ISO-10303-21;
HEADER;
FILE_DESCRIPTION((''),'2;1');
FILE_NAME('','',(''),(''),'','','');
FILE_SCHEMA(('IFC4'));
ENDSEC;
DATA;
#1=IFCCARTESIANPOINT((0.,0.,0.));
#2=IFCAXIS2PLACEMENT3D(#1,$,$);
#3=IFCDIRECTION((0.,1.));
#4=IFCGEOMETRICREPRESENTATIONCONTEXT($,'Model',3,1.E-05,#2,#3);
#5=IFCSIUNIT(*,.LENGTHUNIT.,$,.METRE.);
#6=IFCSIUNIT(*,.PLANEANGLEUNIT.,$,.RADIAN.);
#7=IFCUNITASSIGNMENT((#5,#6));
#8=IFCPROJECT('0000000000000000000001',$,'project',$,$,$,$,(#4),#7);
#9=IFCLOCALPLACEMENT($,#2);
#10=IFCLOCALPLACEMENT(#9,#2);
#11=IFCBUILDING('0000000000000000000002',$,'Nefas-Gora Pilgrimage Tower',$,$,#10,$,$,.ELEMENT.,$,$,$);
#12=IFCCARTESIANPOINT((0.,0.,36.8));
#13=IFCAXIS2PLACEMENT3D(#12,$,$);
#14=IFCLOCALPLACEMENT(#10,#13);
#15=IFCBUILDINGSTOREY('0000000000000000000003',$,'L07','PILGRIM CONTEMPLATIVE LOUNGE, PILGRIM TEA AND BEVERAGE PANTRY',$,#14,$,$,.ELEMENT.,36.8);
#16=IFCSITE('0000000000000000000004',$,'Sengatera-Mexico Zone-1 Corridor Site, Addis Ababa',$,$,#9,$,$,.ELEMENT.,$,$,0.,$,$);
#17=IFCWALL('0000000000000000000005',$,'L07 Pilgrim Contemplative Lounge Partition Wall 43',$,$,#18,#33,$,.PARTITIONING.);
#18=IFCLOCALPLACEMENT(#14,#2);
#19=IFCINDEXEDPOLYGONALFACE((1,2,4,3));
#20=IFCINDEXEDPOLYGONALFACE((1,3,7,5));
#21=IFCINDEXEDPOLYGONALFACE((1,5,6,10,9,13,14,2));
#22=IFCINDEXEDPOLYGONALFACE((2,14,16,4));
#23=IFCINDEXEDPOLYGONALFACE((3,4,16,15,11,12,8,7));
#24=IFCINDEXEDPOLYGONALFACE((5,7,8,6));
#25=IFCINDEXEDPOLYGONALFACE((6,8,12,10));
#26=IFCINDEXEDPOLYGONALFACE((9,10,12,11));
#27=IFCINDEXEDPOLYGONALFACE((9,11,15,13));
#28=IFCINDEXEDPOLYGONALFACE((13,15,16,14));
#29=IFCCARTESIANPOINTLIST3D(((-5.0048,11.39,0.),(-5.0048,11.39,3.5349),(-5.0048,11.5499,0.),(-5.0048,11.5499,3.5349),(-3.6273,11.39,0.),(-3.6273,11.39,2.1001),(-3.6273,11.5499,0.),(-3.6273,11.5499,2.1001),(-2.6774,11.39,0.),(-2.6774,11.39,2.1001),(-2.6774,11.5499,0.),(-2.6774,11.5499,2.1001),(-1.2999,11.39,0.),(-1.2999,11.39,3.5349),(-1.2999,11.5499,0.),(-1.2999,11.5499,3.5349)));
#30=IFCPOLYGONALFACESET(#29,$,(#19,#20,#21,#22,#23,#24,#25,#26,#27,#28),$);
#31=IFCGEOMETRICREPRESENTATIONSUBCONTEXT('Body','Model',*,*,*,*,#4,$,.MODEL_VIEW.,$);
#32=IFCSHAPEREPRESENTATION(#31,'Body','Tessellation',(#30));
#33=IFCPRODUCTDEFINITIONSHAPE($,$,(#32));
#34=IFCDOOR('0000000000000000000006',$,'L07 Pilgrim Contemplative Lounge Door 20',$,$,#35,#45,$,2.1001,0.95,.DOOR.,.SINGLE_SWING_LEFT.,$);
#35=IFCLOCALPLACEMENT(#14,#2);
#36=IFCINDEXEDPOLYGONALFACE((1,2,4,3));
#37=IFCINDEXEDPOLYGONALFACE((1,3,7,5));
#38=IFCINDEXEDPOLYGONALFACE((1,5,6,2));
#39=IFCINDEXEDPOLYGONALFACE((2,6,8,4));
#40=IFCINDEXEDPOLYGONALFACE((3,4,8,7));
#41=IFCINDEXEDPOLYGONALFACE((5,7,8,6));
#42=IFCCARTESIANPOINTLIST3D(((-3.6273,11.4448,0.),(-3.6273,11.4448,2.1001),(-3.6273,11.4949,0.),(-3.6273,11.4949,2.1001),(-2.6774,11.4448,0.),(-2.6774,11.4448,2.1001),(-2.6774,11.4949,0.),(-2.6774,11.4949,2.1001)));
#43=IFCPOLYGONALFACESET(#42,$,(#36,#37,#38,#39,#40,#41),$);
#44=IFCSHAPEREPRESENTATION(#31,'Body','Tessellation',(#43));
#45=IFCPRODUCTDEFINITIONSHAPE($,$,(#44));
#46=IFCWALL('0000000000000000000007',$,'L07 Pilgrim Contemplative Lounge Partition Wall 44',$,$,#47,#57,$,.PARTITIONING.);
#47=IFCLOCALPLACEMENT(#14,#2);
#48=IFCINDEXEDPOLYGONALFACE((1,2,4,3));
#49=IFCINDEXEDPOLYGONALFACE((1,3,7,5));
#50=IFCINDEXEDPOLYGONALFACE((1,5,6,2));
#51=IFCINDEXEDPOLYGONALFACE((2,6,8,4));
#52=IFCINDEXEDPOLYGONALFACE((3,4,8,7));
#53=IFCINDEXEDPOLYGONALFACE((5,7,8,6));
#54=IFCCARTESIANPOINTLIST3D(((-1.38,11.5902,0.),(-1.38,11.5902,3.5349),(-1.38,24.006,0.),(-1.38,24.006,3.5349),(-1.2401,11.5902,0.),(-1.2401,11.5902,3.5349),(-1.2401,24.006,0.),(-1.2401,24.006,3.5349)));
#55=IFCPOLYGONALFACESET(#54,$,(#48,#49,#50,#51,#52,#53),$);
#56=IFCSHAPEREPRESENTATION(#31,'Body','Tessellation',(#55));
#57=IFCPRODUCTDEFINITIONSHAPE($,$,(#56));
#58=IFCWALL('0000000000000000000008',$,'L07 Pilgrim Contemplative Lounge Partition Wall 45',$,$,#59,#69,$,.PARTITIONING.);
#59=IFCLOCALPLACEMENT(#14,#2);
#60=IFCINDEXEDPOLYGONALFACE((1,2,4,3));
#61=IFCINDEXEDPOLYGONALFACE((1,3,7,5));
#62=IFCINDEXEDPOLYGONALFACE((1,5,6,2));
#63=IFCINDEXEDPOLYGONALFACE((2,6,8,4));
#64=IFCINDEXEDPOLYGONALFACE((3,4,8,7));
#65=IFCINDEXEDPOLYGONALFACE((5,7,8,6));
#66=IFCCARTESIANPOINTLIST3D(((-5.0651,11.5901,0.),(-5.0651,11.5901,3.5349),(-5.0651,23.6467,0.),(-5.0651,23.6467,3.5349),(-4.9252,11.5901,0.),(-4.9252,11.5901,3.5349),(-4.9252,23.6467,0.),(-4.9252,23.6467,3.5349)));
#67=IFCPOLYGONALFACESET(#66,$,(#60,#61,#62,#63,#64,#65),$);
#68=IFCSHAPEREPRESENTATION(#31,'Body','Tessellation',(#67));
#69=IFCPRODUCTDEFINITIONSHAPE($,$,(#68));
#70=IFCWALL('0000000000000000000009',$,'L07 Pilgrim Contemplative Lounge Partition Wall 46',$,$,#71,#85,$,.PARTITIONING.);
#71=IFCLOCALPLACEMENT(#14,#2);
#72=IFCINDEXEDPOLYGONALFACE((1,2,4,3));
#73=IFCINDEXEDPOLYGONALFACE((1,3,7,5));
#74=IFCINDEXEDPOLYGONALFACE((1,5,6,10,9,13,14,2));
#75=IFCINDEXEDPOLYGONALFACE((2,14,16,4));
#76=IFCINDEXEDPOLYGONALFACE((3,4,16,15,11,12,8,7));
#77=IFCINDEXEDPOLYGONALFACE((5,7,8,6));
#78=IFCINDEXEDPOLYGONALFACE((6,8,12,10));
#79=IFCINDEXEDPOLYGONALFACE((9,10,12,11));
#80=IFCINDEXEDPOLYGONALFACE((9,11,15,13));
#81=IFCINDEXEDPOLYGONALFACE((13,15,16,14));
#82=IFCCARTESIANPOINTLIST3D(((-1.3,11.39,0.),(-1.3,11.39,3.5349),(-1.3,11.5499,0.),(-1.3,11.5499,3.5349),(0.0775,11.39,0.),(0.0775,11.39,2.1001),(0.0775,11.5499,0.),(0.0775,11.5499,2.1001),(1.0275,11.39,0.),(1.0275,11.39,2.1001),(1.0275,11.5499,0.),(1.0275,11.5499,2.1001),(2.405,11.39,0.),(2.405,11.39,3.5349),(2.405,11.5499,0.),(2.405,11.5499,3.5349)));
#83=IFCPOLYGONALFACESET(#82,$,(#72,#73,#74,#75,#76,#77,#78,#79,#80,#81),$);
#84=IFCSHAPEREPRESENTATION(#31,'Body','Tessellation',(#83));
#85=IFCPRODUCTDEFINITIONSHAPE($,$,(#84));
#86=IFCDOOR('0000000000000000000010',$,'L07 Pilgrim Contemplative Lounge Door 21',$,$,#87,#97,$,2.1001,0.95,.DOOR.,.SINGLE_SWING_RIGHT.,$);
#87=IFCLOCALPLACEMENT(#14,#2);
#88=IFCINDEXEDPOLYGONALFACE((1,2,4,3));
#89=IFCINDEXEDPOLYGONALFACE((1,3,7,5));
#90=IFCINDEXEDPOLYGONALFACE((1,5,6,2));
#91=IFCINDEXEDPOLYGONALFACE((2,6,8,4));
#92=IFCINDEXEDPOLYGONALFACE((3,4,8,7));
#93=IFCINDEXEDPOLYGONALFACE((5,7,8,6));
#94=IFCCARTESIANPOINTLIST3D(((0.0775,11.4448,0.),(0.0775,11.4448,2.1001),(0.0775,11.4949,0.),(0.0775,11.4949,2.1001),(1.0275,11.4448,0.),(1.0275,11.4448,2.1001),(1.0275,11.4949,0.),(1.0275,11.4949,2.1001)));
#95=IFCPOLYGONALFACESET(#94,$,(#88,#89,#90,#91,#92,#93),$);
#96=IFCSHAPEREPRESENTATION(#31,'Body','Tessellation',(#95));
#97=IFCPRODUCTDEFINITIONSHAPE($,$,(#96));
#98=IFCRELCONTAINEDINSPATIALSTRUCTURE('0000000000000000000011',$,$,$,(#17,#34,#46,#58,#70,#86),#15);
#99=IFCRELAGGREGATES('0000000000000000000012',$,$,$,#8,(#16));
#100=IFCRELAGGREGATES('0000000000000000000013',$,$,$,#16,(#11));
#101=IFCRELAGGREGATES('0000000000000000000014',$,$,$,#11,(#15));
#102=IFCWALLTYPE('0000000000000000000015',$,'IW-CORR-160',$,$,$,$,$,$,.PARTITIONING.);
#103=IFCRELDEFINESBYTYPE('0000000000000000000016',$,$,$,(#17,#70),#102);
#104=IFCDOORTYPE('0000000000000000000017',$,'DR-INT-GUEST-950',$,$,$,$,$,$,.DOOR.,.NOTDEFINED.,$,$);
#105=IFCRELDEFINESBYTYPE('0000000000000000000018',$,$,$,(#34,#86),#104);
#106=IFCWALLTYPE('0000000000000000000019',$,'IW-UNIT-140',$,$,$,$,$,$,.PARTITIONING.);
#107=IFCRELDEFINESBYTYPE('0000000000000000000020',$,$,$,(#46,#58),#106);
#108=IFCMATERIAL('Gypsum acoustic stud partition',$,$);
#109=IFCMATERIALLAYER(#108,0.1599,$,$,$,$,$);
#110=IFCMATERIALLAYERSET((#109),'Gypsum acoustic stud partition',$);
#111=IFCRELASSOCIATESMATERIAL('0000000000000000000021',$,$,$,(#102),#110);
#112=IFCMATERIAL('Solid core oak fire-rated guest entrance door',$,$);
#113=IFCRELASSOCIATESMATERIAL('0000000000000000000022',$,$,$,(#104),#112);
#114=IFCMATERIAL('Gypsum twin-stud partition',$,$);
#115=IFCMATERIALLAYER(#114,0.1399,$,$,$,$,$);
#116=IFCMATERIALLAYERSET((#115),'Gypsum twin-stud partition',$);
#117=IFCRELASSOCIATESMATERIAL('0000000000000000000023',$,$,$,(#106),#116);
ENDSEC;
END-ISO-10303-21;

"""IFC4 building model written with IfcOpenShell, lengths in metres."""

from ifc_helpers import new_model, si_unit, direction, frame, frame_2d, origin, place, context, subcontext, project, spatial, rectangle, extrude, source, transform, mapped, material, layer, layer_set, type_object, element, fill, save


model = new_model("IFC4")

# Units and contexts
model_context = context("Model", 3, precision=1e-05, world=origin(), true_north=direction((0.0, 1.0)))
body_context = subcontext(model_context, "Body", "Model", "MODEL_VIEW")
ifc_project = project(units=[si_unit("LENGTHUNIT", "METRE"), si_unit("PLANEANGLEUNIT", "RADIAN")], contexts=[model_context])

# Site, building, storey
site_placement = place(None, origin())
site = spatial("IfcSite", under=ifc_project, at=site_placement, Name="Sengatera-Mexico Zone-1 Corridor Site, Addis Ababa", CompositionType="ELEMENT", RefElevation=0.0)
building_placement = place(site_placement, origin())
building = spatial("IfcBuilding", under=site, at=building_placement, Name="Nefas-Gora Pilgrimage Tower", CompositionType="ELEMENT")
storey_placement = place(building_placement, frame((0.0, 0.0, 36.8)))
storey = spatial("IfcBuildingStorey", under=building, at=storey_placement, Name="L07", Description="PILGRIM CONTEMPLATIVE LOUNGE, PILGRIM TEA AND BEVERAGE PANTRY", CompositionType="ELEMENT", Elevation=36.8)

# Shared definitions
ifc_material_1 = material(Name="Gypsum acoustic stud partition")
ifc_layer_1 = layer(ifc_material_1, 0.1599)
ifc_layer_set_1 = layer_set([ifc_layer_1], Name="Gypsum acoustic stud partition")
wall_type_1 = type_object("IfcWallType", Name="IW-CORR-160", PredefinedType="PARTITIONING", material=ifc_layer_set_1)

# Wall, opening, door
shared_shape_1 = source(origin(), body_context, "Body", "SweptSolid", [
    extrude(rectangle(XDim=3.7048, YDim=0.1599, at=frame_2d((1.8525, 0.0))), origin(), (0.0, 0.0, 1.0), 3.5349),
])
wall_1_placement = place(storey_placement, frame((-5.0049, 11.47, 0.0), z_axis=(0.0, 0.0, 1.0), x_axis=(1.0, 0.0, 0.0)))
wall_1 = element("IfcWall", 1, at=wall_1_placement, inside=storey, type_object=wall_type_1, Name="L07 Pilgrim Contemplative Lounge Partition Wall 43", PredefinedType="PARTITIONING", context=body_context, shape_type="MappedRepresentation", body=[
    mapped(shared_shape_1, transform((0.0, 0.0, 0.0), x_axis=(1.0, 0.0, 0.0), y_axis=(0.0, 1.0, 0.0), z_axis=(0.0, 0.0, 1.0), scale=1.0)),
])
opening_1_placement = place(wall_1_placement, frame((1.3774, 0.0, 0.0)))
opening_1 = element("IfcOpeningElement", 2, at=opening_1_placement, cuts=wall_1, PredefinedType="OPENING", context=body_context, shape_type="SweptSolid", body=[
    extrude(rectangle(XDim=0.95, YDim=2.1001, at=frame_2d((0.4751, 1.05))), frame((0.0, 0.0898, 0.0), z_axis=(0.0, -1.0, 0.0), x_axis=(1.0, 0.0, 0.0)), (0.0, 0.0, 1.0), 0.1799),
])
ifc_material_2 = material(Name="Solid core oak fire-rated guest entrance door")
door_type_1 = type_object("IfcDoorType", Name="DR-INT-GUEST-950", OperationType="NOTDEFINED", PredefinedType="DOOR", material=ifc_material_2)
shared_shape_2 = source(origin(), body_context, "Body", "SweptSolid", [
    extrude(rectangle(XDim=0.95, YDim=2.1001, at=frame_2d((0.4751, 1.05))), frame((0.0, 0.0249, 0.0), z_axis=(0.0, -1.0, 0.0), x_axis=(1.0, 0.0, 0.0)), (0.0, 0.0, 1.0), 0.05),
])
door_1_placement = place(opening_1_placement, origin())
door_1 = element("IfcDoor", 3, at=door_1_placement, inside=storey, type_object=door_type_1, Name="L07 Pilgrim Contemplative Lounge Door 20", OperationType="SINGLE_SWING_LEFT", OverallHeight=2.1001, OverallWidth=0.95, PredefinedType="DOOR", context=body_context, shape_type="MappedRepresentation", body=[
    mapped(shared_shape_2, transform((0.0, 0.0, 0.0), x_axis=(1.0, 0.0, 0.0), y_axis=(0.0, 1.0, 0.0), z_axis=(0.0, 0.0, 1.0), scale=1.0)),
])
fill(opening_1, door_1)

# Walls
ifc_material_3 = material(Name="Gypsum twin-stud partition")
ifc_layer_2 = layer(ifc_material_3, 0.1399)
ifc_layer_set_2 = layer_set([ifc_layer_2], Name="Gypsum twin-stud partition")
wall_type_2 = type_object("IfcWallType", Name="IW-UNIT-140", PredefinedType="PARTITIONING", material=ifc_layer_set_2)
shared_shape_3 = source(origin(), body_context, "Body", "SweptSolid", [
    extrude(rectangle(XDim=12.4158, YDim=0.1399, at=frame_2d((6.208, 0.0))), origin(), (0.0, 0.0, 1.0), 3.5349),
])
wall_2_placement = place(storey_placement, frame((-1.3101, 11.5901, 0.0), z_axis=(0.0, 0.0, 1.0), x_axis=(0.0, 1.0, 0.0)))
element("IfcWall", 4, at=wall_2_placement, inside=storey, type_object=wall_type_2, Name="L07 Pilgrim Contemplative Lounge Partition Wall 44", PredefinedType="PARTITIONING", context=body_context, shape_type="MappedRepresentation", body=[
    mapped(shared_shape_3, transform((0.0, 0.0, 0.0), x_axis=(1.0, 0.0, 0.0), y_axis=(0.0, 1.0, 0.0), z_axis=(0.0, 0.0, 1.0), scale=1.0)),
])
shared_shape_4 = source(origin(), body_context, "Body", "SweptSolid", [
    extrude(rectangle(XDim=12.0566, YDim=0.1399, at=frame_2d((6.0283, 0.0))), origin(), (0.0, 0.0, 1.0), 3.5349),
])
wall_3_placement = place(storey_placement, frame((-4.9951, 11.5901, 0.0), z_axis=(0.0, 0.0, 1.0), x_axis=(0.0, 1.0, 0.0)))
element("IfcWall", 5, at=wall_3_placement, inside=storey, type_object=wall_type_2, Name="L07 Pilgrim Contemplative Lounge Partition Wall 45", PredefinedType="PARTITIONING", context=body_context, shape_type="MappedRepresentation", body=[
    mapped(shared_shape_4, transform((0.0, 0.0, 0.0), x_axis=(1.0, 0.0, 0.0), y_axis=(0.0, 1.0, 0.0), z_axis=(0.0, 0.0, 1.0), scale=1.0)),
])

# Wall, opening, door
shared_shape_5 = source(origin(), body_context, "Body", "SweptSolid", [
    extrude(rectangle(XDim=3.7051, YDim=0.1599, at=frame_2d((1.8525, 0.0))), origin(), (0.0, 0.0, 1.0), 3.5349),
])
wall_4_placement = place(storey_placement, frame((-1.3, 11.47, 0.0), z_axis=(0.0, 0.0, 1.0), x_axis=(1.0, 0.0, 0.0)))
wall_4 = element("IfcWall", 6, at=wall_4_placement, inside=storey, type_object=wall_type_1, Name="L07 Pilgrim Contemplative Lounge Partition Wall 46", PredefinedType="PARTITIONING", context=body_context, shape_type="MappedRepresentation", body=[
    mapped(shared_shape_5, transform((0.0, 0.0, 0.0), x_axis=(1.0, 0.0, 0.0), y_axis=(0.0, 1.0, 0.0), z_axis=(0.0, 0.0, 1.0), scale=1.0)),
])
opening_2_placement = place(wall_4_placement, frame((1.3774, 0.0, 0.0)))
opening_2 = element("IfcOpeningElement", 7, at=opening_2_placement, cuts=wall_4, PredefinedType="OPENING", context=body_context, shape_type="SweptSolid", body=[
    extrude(rectangle(XDim=0.95, YDim=2.1001, at=frame_2d((0.4751, 1.05))), frame((0.0, 0.0898, 0.0), z_axis=(0.0, -1.0, 0.0), x_axis=(1.0, 0.0, 0.0)), (0.0, 0.0, 1.0), 0.1799),
])
door_2_placement = place(opening_2_placement, origin())
door_2 = element("IfcDoor", 8, at=door_2_placement, inside=storey, type_object=door_type_1, Name="L07 Pilgrim Contemplative Lounge Door 21", OperationType="SINGLE_SWING_RIGHT", OverallHeight=2.1001, OverallWidth=0.95, PredefinedType="DOOR", context=body_context, shape_type="MappedRepresentation", body=[
    mapped(shared_shape_2, transform((0.0, 0.0, 0.0), x_axis=(1.0, 0.0, 0.0), y_axis=(0.0, 1.0, 0.0), z_axis=(0.0, 0.0, 1.0), scale=1.0)),
])
fill(opening_2, door_2)

save(model, "model.ifc")
